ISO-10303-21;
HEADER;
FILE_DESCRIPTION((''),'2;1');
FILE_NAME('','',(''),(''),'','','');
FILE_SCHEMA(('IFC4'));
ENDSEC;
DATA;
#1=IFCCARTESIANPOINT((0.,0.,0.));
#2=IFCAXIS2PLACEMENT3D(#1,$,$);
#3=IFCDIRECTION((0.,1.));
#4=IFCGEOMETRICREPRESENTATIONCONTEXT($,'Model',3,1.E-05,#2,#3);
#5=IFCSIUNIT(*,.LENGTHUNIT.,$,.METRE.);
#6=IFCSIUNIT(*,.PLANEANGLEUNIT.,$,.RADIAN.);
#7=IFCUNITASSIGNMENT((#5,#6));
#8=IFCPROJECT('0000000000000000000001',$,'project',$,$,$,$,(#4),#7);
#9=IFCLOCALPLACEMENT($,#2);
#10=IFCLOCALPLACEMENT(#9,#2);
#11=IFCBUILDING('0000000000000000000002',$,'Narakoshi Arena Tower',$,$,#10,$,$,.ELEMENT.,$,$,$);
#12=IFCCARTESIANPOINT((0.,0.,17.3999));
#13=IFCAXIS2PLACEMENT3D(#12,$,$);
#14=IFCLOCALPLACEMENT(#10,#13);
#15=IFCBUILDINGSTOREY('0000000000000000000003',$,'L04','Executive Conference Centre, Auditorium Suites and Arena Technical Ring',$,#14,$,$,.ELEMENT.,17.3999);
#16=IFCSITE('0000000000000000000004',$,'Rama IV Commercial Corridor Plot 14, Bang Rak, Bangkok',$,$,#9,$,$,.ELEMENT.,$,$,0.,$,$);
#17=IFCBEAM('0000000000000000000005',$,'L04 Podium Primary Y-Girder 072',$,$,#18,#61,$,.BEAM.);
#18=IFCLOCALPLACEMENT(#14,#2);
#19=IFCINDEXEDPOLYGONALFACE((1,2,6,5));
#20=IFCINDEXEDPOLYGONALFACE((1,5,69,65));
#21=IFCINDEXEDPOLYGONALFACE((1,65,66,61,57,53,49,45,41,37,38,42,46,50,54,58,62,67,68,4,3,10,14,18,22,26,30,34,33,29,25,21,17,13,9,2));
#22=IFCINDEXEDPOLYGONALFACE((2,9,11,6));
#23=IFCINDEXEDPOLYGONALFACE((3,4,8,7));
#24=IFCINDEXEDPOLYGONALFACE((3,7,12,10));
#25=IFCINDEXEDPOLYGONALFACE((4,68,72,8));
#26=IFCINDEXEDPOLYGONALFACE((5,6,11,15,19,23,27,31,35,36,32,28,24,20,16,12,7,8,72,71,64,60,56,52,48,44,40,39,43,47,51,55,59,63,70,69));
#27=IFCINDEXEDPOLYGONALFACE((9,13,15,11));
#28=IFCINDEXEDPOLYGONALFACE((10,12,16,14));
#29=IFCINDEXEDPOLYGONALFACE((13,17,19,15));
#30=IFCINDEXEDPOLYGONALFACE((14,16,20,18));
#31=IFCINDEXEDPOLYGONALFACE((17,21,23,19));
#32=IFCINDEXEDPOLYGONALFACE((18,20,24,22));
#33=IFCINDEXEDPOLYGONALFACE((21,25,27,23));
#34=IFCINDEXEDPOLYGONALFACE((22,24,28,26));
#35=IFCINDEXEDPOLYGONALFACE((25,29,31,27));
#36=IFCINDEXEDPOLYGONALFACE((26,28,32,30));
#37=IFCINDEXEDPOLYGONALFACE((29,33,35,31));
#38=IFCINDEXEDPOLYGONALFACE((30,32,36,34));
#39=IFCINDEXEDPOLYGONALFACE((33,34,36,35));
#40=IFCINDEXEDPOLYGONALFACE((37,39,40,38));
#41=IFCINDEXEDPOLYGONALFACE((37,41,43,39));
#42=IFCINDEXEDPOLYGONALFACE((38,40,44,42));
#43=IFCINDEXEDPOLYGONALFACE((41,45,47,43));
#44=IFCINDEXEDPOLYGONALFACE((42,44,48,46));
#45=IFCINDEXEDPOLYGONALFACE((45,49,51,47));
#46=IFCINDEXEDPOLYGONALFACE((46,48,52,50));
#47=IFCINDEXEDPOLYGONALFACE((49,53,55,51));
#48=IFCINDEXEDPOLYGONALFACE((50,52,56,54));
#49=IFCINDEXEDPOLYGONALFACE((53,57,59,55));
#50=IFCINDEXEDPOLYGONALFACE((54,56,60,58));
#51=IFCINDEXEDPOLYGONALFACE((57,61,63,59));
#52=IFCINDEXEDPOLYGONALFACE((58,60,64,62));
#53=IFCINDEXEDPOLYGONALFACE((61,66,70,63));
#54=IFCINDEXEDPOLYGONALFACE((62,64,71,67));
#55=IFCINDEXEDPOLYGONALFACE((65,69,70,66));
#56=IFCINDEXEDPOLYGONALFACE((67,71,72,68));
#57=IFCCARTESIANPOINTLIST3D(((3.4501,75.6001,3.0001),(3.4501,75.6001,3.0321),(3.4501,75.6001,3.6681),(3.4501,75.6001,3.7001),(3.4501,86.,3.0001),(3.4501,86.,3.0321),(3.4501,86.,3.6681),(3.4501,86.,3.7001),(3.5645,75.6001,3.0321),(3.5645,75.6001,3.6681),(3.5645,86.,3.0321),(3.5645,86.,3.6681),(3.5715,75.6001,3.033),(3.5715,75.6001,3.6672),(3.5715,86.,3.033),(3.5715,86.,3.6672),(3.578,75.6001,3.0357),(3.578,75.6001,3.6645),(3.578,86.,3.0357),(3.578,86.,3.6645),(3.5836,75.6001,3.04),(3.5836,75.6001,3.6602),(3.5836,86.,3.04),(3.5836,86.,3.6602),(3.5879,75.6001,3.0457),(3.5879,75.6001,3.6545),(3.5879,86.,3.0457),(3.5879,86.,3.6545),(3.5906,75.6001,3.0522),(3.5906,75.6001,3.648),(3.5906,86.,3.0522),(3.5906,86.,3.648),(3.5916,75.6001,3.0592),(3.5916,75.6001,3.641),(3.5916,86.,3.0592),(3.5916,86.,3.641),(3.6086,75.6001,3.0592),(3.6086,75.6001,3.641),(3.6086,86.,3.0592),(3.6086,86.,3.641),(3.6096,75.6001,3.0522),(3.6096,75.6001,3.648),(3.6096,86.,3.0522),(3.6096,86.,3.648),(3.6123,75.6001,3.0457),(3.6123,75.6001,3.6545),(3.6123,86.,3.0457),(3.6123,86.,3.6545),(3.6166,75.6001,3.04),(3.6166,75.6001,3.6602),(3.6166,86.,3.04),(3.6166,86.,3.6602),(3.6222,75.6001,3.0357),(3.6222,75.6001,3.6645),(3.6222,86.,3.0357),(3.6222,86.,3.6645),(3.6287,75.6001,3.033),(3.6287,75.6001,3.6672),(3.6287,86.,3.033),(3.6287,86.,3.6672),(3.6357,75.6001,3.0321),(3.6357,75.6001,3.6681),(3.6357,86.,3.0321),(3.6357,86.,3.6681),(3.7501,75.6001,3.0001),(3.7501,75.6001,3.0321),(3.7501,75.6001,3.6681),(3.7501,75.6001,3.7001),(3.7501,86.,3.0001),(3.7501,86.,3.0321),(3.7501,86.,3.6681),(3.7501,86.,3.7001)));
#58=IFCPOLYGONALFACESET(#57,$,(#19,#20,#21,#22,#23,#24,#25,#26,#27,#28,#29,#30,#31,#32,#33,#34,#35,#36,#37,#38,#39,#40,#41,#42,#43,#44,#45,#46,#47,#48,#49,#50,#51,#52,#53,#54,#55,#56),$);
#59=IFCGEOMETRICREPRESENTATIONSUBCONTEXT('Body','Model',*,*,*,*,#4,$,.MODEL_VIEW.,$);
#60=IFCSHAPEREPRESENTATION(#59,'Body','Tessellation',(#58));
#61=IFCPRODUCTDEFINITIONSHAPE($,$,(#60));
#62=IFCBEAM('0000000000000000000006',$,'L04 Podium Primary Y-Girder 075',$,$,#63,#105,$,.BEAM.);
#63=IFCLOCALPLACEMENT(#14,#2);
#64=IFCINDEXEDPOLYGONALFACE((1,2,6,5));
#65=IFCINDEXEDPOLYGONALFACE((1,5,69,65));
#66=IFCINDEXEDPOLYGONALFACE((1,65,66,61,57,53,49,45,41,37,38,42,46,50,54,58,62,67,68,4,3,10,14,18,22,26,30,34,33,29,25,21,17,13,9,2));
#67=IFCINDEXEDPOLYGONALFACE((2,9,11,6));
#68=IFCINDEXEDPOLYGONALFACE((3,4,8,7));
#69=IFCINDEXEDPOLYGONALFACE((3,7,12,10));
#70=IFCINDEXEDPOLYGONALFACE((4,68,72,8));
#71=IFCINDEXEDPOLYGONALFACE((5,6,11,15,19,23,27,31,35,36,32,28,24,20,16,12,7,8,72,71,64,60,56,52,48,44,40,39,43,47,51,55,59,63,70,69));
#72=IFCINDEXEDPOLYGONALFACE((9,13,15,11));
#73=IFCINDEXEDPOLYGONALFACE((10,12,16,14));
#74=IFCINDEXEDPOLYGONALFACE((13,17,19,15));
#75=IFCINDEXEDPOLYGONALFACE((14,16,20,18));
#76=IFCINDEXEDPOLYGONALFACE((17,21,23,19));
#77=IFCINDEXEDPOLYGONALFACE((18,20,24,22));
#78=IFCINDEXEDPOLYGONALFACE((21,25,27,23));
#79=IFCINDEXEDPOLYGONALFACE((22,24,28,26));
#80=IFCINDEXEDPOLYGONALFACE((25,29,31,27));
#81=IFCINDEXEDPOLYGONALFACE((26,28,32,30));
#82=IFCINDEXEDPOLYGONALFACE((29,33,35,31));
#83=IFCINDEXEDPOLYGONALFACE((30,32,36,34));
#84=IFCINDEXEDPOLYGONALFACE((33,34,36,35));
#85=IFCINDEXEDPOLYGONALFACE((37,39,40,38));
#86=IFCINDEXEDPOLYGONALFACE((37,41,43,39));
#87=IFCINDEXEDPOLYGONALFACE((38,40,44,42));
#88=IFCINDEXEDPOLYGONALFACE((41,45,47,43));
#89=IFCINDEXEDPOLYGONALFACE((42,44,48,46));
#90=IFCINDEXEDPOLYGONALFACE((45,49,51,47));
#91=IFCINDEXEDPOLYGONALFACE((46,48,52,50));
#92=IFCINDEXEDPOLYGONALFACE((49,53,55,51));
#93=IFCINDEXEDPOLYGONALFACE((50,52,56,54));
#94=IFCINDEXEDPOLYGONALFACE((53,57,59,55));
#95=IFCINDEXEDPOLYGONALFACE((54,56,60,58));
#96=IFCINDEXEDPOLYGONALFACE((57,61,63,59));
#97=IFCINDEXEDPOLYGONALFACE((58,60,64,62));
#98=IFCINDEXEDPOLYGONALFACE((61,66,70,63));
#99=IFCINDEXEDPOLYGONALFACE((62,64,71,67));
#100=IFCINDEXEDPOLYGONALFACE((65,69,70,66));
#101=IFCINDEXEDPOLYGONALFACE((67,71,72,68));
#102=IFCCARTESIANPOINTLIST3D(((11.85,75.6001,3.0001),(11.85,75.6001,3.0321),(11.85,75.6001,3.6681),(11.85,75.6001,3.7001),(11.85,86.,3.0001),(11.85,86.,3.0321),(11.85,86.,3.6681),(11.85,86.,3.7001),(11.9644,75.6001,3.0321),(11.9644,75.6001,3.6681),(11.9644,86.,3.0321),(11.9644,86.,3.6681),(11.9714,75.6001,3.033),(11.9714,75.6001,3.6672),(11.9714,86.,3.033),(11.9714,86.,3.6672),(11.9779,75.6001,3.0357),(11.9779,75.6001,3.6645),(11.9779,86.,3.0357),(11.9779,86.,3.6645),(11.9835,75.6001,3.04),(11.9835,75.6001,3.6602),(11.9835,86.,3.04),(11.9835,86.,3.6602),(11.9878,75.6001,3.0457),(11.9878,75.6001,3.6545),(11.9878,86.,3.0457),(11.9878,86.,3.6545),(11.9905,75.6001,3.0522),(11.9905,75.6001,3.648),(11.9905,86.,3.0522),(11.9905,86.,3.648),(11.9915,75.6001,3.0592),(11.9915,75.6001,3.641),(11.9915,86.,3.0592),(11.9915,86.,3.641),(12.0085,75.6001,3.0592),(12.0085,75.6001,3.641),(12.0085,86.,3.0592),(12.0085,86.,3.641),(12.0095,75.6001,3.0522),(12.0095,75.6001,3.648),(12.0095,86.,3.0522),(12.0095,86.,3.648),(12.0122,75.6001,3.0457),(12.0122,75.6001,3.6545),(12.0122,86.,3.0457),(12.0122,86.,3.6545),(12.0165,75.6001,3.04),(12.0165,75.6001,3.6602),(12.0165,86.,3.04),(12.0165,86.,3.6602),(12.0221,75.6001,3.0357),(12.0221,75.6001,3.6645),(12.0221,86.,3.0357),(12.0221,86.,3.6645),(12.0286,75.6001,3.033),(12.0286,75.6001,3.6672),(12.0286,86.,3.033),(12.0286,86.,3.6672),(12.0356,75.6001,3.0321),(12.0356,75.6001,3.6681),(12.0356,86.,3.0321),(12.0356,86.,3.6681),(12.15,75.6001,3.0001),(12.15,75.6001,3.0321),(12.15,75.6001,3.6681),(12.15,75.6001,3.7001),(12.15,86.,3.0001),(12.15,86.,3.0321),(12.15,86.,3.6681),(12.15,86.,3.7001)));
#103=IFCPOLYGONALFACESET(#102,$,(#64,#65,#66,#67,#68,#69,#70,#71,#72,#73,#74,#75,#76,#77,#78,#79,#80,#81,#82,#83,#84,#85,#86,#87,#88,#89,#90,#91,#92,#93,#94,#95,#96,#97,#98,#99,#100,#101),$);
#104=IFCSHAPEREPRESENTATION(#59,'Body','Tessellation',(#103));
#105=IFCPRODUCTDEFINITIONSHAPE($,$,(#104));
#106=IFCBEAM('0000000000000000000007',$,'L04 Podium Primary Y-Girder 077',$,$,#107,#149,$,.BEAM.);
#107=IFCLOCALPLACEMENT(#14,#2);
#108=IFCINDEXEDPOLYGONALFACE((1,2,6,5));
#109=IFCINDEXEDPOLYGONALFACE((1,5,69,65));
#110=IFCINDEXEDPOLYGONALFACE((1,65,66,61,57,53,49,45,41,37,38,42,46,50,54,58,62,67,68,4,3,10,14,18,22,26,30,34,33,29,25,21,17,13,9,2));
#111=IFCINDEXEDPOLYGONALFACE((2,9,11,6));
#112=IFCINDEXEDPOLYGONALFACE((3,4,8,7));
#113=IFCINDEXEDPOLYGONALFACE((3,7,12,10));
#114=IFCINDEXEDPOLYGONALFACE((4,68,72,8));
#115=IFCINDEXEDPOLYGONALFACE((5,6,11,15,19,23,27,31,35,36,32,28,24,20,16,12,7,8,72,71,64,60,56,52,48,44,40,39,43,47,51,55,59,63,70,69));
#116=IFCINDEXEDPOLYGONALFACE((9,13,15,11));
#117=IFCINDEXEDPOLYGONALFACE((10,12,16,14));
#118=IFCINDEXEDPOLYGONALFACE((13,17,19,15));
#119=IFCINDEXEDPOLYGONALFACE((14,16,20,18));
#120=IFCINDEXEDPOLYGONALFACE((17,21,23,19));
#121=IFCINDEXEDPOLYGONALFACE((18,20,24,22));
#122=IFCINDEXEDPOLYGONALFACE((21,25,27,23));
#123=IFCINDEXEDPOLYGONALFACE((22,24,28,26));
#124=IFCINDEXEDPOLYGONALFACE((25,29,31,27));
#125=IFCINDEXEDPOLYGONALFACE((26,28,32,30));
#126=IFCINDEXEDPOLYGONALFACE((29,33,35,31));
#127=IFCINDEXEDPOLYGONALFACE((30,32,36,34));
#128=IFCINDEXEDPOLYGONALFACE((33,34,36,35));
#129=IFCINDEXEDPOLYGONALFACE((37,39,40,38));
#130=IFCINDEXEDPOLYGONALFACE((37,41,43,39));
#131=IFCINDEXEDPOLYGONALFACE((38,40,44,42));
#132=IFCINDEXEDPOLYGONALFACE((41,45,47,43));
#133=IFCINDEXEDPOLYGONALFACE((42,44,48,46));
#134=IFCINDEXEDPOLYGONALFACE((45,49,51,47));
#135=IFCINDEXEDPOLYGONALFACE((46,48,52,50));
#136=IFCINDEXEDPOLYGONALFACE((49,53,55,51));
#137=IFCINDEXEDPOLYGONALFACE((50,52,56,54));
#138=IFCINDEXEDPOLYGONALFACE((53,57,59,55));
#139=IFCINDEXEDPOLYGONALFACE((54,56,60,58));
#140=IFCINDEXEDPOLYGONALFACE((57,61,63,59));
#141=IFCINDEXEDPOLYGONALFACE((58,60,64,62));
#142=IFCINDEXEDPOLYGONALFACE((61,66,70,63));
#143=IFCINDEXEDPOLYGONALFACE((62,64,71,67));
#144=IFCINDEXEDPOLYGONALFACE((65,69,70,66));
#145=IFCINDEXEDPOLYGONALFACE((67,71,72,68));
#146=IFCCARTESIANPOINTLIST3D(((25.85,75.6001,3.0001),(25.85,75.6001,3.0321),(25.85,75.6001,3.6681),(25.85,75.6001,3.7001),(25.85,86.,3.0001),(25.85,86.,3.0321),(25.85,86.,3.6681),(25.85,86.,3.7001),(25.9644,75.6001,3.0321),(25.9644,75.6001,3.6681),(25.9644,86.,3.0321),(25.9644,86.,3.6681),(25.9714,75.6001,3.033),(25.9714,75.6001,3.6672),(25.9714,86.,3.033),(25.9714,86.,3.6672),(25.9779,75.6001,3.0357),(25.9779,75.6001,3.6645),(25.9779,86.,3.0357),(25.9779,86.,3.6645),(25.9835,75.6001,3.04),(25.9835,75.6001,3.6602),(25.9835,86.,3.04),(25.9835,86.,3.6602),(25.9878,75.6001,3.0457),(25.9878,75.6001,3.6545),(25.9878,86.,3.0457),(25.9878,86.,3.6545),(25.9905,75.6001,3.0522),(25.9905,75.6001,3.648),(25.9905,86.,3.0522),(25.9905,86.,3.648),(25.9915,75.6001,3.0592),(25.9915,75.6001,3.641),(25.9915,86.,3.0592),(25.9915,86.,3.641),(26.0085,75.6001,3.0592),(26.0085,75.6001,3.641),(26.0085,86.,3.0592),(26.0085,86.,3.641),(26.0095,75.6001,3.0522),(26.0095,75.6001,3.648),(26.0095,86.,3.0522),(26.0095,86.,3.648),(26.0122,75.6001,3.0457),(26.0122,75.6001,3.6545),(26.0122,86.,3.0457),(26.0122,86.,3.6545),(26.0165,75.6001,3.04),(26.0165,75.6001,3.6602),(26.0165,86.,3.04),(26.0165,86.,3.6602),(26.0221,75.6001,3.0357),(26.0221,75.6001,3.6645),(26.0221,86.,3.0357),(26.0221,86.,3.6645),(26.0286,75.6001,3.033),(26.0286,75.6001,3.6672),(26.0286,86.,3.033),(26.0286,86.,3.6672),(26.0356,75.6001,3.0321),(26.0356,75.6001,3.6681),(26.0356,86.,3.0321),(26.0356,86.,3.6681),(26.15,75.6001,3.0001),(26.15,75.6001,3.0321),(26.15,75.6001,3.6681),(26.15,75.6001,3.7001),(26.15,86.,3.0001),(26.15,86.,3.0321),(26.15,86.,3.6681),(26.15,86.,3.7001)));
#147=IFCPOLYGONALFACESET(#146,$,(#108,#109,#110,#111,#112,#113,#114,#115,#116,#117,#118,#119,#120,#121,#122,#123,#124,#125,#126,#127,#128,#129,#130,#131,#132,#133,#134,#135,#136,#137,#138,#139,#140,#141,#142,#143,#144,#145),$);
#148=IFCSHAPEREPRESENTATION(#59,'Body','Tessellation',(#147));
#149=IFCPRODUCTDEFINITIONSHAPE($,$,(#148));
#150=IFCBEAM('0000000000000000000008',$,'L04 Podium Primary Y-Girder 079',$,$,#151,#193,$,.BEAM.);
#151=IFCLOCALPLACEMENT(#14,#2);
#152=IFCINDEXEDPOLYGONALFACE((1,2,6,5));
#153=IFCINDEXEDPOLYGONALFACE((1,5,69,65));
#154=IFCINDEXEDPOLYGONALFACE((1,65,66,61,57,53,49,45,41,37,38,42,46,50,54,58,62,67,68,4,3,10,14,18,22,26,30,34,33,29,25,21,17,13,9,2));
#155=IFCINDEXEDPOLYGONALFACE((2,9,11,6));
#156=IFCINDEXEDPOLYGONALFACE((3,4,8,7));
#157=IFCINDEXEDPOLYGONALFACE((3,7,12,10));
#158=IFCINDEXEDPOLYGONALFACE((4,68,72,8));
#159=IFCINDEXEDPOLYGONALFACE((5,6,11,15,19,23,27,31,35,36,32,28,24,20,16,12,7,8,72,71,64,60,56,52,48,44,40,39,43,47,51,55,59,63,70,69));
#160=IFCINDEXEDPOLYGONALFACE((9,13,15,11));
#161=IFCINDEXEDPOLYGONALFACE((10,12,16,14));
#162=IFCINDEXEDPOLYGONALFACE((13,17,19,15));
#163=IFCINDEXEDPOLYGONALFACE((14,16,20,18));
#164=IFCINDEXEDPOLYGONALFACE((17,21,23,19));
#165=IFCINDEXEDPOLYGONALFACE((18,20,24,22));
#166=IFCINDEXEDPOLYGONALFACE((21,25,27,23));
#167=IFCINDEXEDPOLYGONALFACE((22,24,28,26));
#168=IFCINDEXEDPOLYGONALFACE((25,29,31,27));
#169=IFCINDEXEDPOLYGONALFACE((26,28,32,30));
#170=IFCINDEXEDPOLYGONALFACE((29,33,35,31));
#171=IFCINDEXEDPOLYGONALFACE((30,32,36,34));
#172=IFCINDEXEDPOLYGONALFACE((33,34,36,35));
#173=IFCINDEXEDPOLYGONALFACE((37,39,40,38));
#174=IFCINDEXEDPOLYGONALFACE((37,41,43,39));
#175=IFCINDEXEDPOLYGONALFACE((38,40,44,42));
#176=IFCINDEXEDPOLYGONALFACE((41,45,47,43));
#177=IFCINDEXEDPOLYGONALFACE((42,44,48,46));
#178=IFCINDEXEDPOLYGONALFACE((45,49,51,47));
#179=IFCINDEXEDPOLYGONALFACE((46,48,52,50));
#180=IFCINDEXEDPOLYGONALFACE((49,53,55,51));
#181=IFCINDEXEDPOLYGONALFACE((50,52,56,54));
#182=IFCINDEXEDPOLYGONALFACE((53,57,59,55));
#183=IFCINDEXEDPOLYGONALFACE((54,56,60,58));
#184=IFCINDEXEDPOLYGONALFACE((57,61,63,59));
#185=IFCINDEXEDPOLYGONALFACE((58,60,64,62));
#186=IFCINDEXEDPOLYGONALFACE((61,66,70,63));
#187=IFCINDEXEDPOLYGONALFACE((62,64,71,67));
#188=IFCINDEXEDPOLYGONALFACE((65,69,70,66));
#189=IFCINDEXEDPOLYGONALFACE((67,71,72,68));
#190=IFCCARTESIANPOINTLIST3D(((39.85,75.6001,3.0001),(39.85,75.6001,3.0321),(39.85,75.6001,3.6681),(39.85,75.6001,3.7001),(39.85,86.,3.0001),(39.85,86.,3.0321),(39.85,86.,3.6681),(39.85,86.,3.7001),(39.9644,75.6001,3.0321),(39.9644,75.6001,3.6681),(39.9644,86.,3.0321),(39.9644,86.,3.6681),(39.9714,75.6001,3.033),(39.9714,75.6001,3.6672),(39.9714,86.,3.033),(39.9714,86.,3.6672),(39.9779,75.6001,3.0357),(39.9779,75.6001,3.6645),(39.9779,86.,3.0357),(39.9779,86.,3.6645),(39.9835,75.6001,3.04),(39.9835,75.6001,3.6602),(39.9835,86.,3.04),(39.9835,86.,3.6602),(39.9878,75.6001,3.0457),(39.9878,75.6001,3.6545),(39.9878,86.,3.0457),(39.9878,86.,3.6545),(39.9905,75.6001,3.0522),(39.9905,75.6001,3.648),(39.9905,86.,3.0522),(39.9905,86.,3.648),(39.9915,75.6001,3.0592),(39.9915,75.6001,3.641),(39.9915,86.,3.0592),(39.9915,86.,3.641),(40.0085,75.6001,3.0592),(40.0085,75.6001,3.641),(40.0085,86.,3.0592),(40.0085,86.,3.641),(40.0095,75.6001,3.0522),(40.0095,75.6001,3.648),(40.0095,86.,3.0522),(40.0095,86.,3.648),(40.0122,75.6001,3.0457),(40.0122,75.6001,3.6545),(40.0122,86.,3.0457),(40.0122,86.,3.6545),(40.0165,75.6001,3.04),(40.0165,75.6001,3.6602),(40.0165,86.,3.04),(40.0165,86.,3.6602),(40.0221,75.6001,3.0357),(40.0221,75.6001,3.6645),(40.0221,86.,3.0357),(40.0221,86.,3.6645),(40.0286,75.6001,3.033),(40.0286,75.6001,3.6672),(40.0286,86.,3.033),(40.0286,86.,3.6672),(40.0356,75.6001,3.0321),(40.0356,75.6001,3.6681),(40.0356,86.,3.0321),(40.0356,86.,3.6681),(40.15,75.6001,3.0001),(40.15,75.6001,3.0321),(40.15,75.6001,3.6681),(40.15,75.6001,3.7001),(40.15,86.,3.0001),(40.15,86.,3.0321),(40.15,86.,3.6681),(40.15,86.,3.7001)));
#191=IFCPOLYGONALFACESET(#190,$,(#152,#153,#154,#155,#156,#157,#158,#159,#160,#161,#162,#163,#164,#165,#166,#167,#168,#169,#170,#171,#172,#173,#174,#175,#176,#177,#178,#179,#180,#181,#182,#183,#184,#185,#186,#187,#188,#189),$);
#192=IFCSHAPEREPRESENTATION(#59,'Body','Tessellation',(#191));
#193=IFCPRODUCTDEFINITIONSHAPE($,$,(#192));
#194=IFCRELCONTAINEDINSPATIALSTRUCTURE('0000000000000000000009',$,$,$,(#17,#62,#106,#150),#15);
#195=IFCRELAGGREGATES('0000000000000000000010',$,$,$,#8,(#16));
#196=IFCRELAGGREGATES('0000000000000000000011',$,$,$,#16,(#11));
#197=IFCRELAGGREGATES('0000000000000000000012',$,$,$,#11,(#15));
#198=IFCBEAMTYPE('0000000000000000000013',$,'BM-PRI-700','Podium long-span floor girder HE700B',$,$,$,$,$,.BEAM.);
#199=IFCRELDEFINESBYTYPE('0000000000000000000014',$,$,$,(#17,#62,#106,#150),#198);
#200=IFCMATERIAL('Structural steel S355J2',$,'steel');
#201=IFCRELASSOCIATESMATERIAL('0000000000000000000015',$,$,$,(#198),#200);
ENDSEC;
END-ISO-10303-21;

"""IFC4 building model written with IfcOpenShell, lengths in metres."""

from ifc_helpers import new_model, si_unit, direction, frame, origin, origin_2d, place, context, subcontext, project, spatial, i_section, extrude, material, material_profile, profile_set, type_object, element, save


model = new_model("IFC4")

# Units and contexts
model_context = context("Model", 3, precision=1e-05, world=origin(), true_north=direction((0.0, 1.0)))
body_context = subcontext(model_context, "Body", "Model", "MODEL_VIEW")
ifc_project = project(units=[si_unit("LENGTHUNIT", "METRE"), si_unit("PLANEANGLEUNIT", "RADIAN")], contexts=[model_context])

# Site, building, storey
site_placement = place(None, origin())
site = spatial("IfcSite", under=ifc_project, at=site_placement, Name="Rama IV Commercial Corridor Plot 14, Bang Rak, Bangkok", CompositionType="ELEMENT", RefElevation=0.0)
building_placement = place(site_placement, origin())
building = spatial("IfcBuilding", under=site, at=building_placement, Name="Narakoshi Arena Tower", CompositionType="ELEMENT")
storey_placement = place(building_placement, frame((0.0, 0.0, 17.3999)))
storey = spatial("IfcBuildingStorey", under=building, at=storey_placement, Name="L04", Description="Executive Conference Centre, Auditorium Suites and Arena Technical Ring", CompositionType="ELEMENT", Elevation=17.3999)

# Shared definitions
ifc_material_1 = material(Name="Structural steel S355J2", Category="steel")

# Beams
ifc_material_profile_1 = material_profile(ifc_material_1, i_section(OverallWidth=0.3, OverallDepth=0.7, WebThickness=0.0171, FlangeThickness=0.032, FilletRadius=0.0271, at=origin_2d()), Name="HE700B")
ifc_profile_set_1 = profile_set([ifc_material_profile_1], Name="Structural steel S355J2")
beam_type_1 = type_object("IfcBeamType", Name="BM-PRI-700", Description="Podium long-span floor girder HE700B", PredefinedType="BEAM", material=ifc_profile_set_1)
for number, where, z_axis, x_axis, name in (
    (1, (3.6001, 75.6001, 3.3501), (0.0, 1.0, 0.0), (-1.0, 0.0, 0.0), "L04 Podium Primary Y-Girder 072"),
    (2, (12.0, 75.6001, 3.3501), (0.0, 1.0, 0.0), (-1.0, 0.0, 0.0), "L04 Podium Primary Y-Girder 075"),
    (3, (26.0, 75.6001, 3.3501), (0.0, 1.0, 0.0), (-1.0, 0.0, 0.0), "L04 Podium Primary Y-Girder 077"),
    (4, (40.0, 75.6001, 3.3501), (0.0, 1.0, 0.0), (-1.0, 0.0, 0.0), "L04 Podium Primary Y-Girder 079"),
):
    element("IfcBeam", number, at=place(storey_placement, frame(where, z_axis=z_axis, x_axis=x_axis)), inside=storey, type_object=beam_type_1, Name=name, PredefinedType="BEAM", context=body_context, shape_type="SweptSolid", body=[
        extrude(i_section(OverallWidth=0.3, OverallDepth=0.7, WebThickness=0.0171, FlangeThickness=0.032, FilletRadius=0.0271, at=origin_2d()), origin(), (0.0, 0.0, 1.0), 10.3999),
    ])

save(model, "model.ifc")
